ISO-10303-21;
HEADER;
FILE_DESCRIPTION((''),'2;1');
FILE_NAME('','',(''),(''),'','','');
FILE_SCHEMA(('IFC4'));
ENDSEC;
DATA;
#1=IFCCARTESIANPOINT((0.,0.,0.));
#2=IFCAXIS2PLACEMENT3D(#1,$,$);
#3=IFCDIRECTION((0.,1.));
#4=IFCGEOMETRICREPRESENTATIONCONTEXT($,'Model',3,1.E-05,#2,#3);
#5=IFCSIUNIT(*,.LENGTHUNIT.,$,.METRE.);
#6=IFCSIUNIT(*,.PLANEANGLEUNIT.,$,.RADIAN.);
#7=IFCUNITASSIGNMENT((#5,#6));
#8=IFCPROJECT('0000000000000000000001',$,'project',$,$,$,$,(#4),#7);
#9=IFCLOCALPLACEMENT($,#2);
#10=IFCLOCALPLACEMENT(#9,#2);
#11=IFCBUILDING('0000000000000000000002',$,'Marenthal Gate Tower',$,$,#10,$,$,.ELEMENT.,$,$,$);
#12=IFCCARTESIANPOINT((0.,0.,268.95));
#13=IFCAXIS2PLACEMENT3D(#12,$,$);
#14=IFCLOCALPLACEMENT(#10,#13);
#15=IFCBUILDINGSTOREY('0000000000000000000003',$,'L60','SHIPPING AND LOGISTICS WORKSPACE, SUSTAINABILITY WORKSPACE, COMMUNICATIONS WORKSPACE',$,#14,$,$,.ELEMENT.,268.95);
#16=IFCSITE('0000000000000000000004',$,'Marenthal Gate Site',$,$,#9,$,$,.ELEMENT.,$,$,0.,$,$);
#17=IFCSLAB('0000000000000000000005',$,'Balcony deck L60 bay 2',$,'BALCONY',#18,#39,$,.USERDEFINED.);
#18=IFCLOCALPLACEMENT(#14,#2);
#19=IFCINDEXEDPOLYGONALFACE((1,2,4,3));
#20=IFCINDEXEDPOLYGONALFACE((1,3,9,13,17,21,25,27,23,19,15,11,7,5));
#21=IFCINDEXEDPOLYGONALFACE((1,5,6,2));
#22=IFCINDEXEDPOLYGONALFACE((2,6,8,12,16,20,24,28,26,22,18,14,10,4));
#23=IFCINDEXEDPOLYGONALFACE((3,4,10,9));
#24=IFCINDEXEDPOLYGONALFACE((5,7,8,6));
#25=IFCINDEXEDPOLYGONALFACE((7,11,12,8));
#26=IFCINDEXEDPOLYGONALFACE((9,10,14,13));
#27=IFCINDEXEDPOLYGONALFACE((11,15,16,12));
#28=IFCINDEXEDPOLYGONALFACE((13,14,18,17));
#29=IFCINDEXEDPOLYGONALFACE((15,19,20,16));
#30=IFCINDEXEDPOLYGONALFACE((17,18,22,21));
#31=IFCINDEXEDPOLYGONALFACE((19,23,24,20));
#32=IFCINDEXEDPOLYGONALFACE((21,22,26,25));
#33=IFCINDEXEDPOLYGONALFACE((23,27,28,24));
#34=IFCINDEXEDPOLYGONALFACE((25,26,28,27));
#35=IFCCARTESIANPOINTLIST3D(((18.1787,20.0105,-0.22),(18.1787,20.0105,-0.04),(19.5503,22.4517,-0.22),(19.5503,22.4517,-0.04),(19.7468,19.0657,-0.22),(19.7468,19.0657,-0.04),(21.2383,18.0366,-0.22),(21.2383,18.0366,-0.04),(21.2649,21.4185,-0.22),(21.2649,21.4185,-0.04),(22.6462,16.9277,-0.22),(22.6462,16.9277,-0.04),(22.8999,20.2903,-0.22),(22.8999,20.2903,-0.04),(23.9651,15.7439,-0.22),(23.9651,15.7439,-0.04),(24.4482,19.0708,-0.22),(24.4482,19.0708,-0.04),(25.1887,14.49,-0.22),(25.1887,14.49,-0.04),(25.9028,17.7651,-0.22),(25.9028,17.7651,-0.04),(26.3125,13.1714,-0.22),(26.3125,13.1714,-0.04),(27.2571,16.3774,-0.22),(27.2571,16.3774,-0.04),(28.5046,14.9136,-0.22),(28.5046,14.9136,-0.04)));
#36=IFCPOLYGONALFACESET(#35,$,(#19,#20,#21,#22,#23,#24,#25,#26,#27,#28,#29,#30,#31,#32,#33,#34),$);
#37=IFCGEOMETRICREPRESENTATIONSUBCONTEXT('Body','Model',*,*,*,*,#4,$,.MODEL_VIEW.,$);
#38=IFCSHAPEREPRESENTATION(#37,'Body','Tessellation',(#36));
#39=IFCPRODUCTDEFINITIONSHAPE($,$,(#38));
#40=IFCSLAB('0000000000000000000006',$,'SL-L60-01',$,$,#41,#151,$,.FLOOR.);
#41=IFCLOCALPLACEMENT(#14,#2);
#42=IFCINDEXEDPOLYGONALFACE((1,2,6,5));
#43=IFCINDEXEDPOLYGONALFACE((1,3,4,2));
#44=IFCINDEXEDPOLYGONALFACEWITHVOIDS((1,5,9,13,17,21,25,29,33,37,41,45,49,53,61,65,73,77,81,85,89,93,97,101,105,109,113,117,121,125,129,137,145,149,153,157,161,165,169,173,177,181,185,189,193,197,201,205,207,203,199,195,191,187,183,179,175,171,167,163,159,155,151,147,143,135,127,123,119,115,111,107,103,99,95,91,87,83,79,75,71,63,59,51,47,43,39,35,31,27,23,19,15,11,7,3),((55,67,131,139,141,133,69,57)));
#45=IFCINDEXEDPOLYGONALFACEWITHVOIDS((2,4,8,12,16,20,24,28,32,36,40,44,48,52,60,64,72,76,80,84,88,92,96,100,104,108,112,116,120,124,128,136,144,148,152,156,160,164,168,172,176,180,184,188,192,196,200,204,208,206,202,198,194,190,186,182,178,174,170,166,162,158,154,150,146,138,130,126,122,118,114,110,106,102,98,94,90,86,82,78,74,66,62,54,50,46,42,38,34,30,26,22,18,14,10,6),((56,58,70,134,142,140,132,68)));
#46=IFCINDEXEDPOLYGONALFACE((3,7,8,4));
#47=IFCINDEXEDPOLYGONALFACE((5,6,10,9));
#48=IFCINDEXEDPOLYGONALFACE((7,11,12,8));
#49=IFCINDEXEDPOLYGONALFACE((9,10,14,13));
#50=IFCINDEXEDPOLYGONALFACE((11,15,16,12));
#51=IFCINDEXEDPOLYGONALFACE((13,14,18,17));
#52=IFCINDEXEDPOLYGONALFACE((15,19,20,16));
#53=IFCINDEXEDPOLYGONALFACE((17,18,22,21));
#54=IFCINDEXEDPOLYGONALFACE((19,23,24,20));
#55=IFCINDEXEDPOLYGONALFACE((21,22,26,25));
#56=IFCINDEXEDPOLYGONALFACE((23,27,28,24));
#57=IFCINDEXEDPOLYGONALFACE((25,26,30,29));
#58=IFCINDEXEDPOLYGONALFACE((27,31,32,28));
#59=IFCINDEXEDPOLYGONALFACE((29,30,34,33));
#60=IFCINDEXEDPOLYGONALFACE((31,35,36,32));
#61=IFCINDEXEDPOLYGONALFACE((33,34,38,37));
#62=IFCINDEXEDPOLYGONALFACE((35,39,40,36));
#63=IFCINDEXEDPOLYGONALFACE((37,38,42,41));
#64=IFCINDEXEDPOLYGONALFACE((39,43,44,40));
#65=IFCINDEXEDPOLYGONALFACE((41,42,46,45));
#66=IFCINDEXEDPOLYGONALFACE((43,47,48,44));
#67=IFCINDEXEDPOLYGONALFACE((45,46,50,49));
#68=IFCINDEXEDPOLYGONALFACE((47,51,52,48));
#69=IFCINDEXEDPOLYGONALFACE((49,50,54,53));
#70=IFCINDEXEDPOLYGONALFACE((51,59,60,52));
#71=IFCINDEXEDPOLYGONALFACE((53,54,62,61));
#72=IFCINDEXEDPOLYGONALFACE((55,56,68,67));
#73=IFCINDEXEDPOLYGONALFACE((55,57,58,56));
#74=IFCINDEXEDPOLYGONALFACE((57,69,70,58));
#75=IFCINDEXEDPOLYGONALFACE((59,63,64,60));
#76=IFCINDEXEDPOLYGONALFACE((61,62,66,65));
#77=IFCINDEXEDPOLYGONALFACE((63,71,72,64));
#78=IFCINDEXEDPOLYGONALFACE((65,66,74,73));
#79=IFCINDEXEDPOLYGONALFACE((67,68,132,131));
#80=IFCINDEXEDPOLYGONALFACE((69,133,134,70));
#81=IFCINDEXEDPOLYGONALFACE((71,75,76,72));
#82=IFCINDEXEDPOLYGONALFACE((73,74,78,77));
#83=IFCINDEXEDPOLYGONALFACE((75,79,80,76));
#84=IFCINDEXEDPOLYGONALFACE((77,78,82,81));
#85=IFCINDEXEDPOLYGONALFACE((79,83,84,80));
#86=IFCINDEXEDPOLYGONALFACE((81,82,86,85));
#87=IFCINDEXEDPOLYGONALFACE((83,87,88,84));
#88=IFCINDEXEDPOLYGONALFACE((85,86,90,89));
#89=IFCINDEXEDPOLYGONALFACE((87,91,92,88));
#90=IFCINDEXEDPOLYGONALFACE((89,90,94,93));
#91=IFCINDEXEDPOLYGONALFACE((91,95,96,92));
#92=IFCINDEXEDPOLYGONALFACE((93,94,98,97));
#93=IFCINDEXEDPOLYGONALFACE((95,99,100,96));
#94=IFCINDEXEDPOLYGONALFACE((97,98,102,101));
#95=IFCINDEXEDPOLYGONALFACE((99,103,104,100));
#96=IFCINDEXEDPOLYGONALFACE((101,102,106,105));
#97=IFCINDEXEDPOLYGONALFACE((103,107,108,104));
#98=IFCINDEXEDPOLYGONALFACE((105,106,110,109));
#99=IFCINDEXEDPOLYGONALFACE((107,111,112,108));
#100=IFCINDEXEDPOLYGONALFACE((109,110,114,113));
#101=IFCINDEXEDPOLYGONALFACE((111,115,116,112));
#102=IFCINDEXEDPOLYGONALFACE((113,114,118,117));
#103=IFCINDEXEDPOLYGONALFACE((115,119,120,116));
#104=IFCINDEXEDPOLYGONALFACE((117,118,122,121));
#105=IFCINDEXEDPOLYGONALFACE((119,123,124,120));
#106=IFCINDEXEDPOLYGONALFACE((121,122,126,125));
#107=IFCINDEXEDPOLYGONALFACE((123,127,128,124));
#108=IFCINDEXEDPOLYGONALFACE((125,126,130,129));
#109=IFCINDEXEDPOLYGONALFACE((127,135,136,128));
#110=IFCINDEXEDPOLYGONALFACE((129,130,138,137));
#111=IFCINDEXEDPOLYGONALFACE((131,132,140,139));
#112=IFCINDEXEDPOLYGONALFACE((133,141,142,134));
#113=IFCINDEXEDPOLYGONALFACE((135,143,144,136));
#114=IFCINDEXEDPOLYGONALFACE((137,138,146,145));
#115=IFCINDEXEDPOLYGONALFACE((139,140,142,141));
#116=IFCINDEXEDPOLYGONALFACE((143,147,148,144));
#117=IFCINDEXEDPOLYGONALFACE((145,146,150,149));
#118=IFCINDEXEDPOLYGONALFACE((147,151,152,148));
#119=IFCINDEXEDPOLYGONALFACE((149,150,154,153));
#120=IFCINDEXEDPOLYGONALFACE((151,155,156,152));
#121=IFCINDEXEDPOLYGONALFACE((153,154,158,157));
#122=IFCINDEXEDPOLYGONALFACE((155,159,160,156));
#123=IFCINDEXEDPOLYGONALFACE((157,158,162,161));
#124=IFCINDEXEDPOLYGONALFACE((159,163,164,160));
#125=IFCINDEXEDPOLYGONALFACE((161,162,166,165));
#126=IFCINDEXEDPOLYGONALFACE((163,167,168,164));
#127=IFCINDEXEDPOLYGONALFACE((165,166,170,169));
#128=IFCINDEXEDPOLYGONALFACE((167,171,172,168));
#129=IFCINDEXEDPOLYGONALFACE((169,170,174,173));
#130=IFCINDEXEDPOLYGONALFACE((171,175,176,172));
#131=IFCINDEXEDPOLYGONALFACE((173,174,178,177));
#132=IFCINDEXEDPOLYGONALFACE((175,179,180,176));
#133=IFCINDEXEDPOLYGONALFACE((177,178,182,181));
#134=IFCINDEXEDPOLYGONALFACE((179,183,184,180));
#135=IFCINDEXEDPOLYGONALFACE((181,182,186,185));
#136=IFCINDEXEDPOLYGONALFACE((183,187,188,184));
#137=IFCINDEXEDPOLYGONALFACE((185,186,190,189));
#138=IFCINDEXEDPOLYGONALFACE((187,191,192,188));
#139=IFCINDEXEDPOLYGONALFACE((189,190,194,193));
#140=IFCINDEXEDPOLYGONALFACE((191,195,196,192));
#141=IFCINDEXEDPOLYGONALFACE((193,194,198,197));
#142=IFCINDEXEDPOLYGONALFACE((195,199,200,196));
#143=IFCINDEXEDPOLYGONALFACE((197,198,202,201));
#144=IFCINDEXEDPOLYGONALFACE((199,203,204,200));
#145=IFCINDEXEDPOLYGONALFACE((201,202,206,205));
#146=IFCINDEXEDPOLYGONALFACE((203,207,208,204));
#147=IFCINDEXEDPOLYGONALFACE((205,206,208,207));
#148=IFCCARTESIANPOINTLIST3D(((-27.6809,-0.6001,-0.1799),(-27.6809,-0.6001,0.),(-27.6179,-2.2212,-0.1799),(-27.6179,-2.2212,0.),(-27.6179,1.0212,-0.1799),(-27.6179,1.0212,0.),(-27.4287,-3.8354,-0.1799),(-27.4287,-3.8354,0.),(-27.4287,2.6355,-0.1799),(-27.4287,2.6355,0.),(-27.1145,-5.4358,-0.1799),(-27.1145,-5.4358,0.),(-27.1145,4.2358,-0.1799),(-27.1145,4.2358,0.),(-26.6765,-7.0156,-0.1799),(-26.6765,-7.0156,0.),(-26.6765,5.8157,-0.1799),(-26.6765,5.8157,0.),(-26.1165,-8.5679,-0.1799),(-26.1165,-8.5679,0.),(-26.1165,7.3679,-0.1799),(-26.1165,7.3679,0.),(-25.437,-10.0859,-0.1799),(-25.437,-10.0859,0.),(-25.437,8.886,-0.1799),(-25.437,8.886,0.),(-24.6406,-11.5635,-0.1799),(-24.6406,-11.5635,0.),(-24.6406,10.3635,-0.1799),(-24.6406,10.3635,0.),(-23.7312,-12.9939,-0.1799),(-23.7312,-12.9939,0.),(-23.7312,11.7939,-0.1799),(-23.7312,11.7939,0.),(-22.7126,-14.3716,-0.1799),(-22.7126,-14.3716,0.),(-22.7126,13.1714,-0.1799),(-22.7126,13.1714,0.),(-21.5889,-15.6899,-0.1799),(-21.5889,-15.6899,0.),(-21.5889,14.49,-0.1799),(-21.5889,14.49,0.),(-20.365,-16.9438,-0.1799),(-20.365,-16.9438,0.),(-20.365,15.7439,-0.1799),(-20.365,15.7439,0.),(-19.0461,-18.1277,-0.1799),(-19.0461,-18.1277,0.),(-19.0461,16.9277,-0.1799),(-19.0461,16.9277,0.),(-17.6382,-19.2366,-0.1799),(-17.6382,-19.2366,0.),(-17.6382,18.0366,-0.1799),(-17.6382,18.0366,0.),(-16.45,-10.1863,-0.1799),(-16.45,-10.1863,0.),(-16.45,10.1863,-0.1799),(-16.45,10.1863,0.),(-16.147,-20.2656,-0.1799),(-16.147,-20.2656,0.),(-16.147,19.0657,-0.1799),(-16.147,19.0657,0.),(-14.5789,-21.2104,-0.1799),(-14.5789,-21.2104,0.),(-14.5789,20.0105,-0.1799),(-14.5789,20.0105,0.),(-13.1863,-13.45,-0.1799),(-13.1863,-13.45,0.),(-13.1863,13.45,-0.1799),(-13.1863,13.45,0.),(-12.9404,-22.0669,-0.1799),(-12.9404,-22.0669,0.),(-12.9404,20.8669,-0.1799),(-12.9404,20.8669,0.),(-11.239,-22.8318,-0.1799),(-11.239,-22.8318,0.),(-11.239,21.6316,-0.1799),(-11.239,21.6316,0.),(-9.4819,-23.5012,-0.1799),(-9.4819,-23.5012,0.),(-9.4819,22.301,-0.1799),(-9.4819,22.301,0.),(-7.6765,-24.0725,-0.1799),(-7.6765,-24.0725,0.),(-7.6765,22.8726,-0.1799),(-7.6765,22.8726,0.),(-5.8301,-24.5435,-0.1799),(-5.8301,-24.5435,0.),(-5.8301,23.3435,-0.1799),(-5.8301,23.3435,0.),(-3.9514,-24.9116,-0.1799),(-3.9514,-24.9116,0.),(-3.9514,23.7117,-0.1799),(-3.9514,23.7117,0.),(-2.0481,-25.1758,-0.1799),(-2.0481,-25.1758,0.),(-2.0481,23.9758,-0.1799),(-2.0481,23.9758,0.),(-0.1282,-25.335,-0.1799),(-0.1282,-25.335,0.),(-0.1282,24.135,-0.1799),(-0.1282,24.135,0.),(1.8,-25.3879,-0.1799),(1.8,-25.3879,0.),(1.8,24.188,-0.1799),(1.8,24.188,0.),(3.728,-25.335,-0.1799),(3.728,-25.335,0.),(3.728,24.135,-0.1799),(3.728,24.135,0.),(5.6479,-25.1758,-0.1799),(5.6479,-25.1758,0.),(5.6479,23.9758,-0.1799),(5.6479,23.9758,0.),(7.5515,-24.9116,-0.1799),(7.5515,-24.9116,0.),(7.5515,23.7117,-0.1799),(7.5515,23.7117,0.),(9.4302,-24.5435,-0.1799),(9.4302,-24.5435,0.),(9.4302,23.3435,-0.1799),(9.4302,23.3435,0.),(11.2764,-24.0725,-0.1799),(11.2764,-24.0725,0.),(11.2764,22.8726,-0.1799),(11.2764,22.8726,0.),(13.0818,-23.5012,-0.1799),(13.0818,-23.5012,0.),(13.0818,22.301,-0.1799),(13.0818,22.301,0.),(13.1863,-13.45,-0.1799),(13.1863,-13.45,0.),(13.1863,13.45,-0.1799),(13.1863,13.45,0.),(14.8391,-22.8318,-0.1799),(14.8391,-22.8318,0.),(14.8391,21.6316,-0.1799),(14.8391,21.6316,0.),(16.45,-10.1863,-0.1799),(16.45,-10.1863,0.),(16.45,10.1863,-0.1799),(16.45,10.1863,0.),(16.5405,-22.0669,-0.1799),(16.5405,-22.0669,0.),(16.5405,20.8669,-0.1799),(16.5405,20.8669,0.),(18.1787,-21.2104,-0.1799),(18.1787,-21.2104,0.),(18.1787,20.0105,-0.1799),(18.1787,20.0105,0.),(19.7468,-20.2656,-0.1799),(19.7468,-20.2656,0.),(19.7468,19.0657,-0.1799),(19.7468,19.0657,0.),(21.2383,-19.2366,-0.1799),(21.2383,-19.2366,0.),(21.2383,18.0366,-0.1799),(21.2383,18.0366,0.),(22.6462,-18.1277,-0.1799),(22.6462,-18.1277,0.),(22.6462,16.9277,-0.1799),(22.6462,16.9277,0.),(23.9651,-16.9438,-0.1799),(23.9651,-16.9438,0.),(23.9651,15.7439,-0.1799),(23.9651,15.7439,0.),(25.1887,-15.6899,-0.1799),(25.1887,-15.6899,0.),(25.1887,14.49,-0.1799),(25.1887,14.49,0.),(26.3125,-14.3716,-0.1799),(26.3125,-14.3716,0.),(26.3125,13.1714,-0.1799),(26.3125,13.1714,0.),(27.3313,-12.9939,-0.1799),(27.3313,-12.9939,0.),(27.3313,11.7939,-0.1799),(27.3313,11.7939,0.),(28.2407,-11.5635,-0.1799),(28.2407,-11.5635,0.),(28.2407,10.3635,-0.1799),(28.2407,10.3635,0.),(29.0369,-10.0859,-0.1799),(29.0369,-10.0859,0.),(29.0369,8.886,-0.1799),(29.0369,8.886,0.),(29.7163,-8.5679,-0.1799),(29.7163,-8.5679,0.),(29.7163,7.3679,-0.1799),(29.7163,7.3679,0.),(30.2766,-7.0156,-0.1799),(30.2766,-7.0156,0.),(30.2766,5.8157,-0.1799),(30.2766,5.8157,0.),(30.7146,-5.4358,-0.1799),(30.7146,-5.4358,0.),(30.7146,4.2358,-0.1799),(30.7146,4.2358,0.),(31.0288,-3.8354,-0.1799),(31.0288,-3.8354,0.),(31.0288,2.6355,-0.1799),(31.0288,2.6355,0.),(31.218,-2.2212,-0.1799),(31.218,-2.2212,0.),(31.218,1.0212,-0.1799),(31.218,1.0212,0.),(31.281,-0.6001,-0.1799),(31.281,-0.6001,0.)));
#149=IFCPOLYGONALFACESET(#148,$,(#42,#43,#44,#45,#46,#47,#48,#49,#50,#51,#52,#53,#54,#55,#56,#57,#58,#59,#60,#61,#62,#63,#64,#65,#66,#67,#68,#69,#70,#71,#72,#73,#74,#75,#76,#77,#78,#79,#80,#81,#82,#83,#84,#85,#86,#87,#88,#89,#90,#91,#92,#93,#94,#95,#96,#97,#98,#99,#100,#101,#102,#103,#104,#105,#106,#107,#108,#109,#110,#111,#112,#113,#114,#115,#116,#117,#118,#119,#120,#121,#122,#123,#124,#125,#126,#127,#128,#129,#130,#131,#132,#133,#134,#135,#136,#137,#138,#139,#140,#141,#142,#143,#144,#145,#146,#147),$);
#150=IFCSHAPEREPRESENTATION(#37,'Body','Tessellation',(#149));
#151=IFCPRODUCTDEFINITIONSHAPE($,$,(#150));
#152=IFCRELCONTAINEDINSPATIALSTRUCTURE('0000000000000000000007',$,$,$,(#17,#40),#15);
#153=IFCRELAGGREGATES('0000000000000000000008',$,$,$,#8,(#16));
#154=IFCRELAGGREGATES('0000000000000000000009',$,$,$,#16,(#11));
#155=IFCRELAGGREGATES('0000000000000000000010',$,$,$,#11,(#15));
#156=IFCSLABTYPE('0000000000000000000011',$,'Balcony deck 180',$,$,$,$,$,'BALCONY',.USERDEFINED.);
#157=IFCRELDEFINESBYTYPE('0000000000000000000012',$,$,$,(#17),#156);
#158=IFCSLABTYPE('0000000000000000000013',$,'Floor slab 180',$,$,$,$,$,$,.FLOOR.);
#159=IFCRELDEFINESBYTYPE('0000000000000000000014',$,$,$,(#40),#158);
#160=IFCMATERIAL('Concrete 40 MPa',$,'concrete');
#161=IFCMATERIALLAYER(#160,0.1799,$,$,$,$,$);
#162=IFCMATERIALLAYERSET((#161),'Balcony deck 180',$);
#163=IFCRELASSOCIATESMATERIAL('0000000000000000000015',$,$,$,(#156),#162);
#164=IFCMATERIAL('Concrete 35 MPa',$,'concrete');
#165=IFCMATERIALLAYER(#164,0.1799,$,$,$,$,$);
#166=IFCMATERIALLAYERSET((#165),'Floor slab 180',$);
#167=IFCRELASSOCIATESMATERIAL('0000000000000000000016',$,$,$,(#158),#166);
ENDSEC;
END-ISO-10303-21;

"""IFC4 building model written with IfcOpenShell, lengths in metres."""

from ifc_helpers import new_model, si_unit, direction, frame, origin, place, context, subcontext, project, spatial, polyline, outline, extrude, material, layer, layer_set, type_object, element, save


model = new_model("IFC4")

# Units and contexts
model_context = context("Model", 3, precision=1e-05, world=origin(), true_north=direction((0.0, 1.0)))
body_context = subcontext(model_context, "Body", "Model", "MODEL_VIEW")
ifc_project = project(units=[si_unit("LENGTHUNIT", "METRE"), si_unit("PLANEANGLEUNIT", "RADIAN")], contexts=[model_context])

# Site, building, storey
site_placement = place(None, origin())
site = spatial("IfcSite", under=ifc_project, at=site_placement, Name="Marenthal Gate Site", CompositionType="ELEMENT", RefElevation=0.0)
building_placement = place(site_placement, origin())
building = spatial("IfcBuilding", under=site, at=building_placement, Name="Marenthal Gate Tower", CompositionType="ELEMENT")
storey_placement = place(building_placement, frame((0.0, 0.0, 268.95)))
storey = spatial("IfcBuildingStorey", under=building, at=storey_placement, Name="L60", Description="SHIPPING AND LOGISTICS WORKSPACE, SUSTAINABILITY WORKSPACE, COMMUNICATIONS WORKSPACE", CompositionType="ELEMENT", Elevation=268.95)

# Slabs
ifc_material_1 = material(Name="Concrete 40 MPa", Category="concrete")
ifc_layer_1 = layer(ifc_material_1, 0.1799)
ifc_layer_set_1 = layer_set([ifc_layer_1], Name="Balcony deck 180")
slab_type_1 = type_object("IfcSlabType", Name="Balcony deck 180", ElementType="BALCONY", PredefinedType="USERDEFINED", material=ifc_layer_set_1)
slab_1_placement = place(storey_placement, frame((0.0, 0.0, -0.22)))
element("IfcSlab", 1, at=slab_1_placement, inside=storey, type_object=slab_type_1, Name="Balcony deck L60 bay 2", ObjectType="BALCONY", PredefinedType="USERDEFINED", context=body_context, shape_type="SweptSolid", body=[
    extrude(outline(polyline([(26.3125, 13.1714), (25.1887, 14.49), (23.9651, 15.7439), (22.6462, 16.9277), (21.2383, 18.0366), (19.7468, 19.0657), (18.1787, 20.0105), (19.5503, 22.4517), (21.2649, 21.4185), (22.8999, 20.2903), (24.4482, 19.0708), (25.9028, 17.7651), (27.2571, 16.3774), (28.5046, 14.9136), (26.3125, 13.1714)])), origin(), (0.0, 0.0, 1.0), 0.1799),
])
ifc_material_2 = material(Name="Concrete 35 MPa", Category="concrete")
ifc_layer_2 = layer(ifc_material_2, 0.1799)
ifc_layer_set_2 = layer_set([ifc_layer_2], Name="Floor slab 180")
slab_type_2 = type_object("IfcSlabType", Name="Floor slab 180", PredefinedType="FLOOR", material=ifc_layer_set_2)
slab_2_placement = place(storey_placement, frame((0.0, 0.0, -0.1799)))
element("IfcSlab", 2, at=slab_2_placement, inside=storey, type_object=slab_type_2, Name="SL-L60-01", PredefinedType="FLOOR", context=body_context, shape_type="SweptSolid", body=[
    extrude(outline(polyline([(31.281, -0.6001), (31.218, 1.0212), (31.0288, 2.6355), (30.7146, 4.2358), (30.2766, 5.8157), (29.7163, 7.3679), (29.0369, 8.886), (28.2407, 10.3635), (27.3313, 11.7939), (26.3125, 13.1714), (25.1887, 14.49), (23.9651, 15.7439), (22.6462, 16.9277), (21.2383, 18.0366), (19.7468, 19.0657), (18.1787, 20.0105), (16.5405, 20.8669), (14.8391, 21.6316), (13.0818, 22.301), (11.2764, 22.8726), (9.4302, 23.3435), (7.5515, 23.7117), (5.6479, 23.9758), (3.728, 24.135), (1.8, 24.188), (-0.1282, 24.135), (-2.0481, 23.9758), (-3.9514, 23.7117), (-5.8301, 23.3435), (-7.6765, 22.8726), (-9.4819, 22.301), (-11.239, 21.6316), (-12.9404, 20.8669), (-14.5789, 20.0105), (-16.147, 19.0657), (-17.6382, 18.0366), (-19.0461, 16.9277), (-20.365, 15.7439), (-21.5889, 14.49), (-22.7126, 13.1714), (-23.7312, 11.7939), (-24.6406, 10.3635), (-25.437, 8.886), (-26.1165, 7.3679), (-26.6765, 5.8157), (-27.1145, 4.2358), (-27.4287, 2.6355), (-27.6179, 1.0212), (-27.6809, -0.6001), (-27.6179, -2.2212), (-27.4287, -3.8354), (-27.1145, -5.4358), (-26.6765, -7.0156), (-26.1165, -8.5679), (-25.437, -10.0859), (-24.6406, -11.5635), (-23.7312, -12.9939), (-22.7126, -14.3716), (-21.5889, -15.6899), (-20.365, -16.9438), (-19.0461, -18.1277), (-17.6382, -19.2366), (-16.147, -20.2656), (-14.5789, -21.2104), (-12.9404, -22.0669), (-11.239, -22.8318), (-9.4819, -23.5012), (-7.6765, -24.0725), (-5.8301, -24.5435), (-3.9514, -24.9116), (-2.0481, -25.1758), (-0.1282, -25.335), (1.8, -25.3879), (3.728, -25.335), (5.6479, -25.1758), (7.5515, -24.9116), (9.4302, -24.5435), (11.2764, -24.0725), (13.0818, -23.5012), (14.8391, -22.8318), (16.5405, -22.0669), (18.1787, -21.2104), (19.7468, -20.2656), (21.2383, -19.2366), (22.6462, -18.1277), (23.9651, -16.9438), (25.1887, -15.6899), (26.3125, -14.3716), (27.3313, -12.9939), (28.2407, -11.5635), (29.0369, -10.0859), (29.7163, -8.5679), (30.2766, -7.0156), (30.7146, -5.4358), (31.0288, -3.8354), (31.218, -2.2212), (31.281, -0.6001)]), holes=[polyline([(13.1863, -13.45), (16.45, -10.1863), (16.45, 10.1863), (13.1863, 13.45), (-13.1863, 13.45), (-16.45, 10.1863), (-16.45, -10.1863), (-13.1863, -13.45), (13.1863, -13.45)])]), origin(), (0.0, 0.0, 1.0), 0.1799),
])

save(model, "model.ifc")
